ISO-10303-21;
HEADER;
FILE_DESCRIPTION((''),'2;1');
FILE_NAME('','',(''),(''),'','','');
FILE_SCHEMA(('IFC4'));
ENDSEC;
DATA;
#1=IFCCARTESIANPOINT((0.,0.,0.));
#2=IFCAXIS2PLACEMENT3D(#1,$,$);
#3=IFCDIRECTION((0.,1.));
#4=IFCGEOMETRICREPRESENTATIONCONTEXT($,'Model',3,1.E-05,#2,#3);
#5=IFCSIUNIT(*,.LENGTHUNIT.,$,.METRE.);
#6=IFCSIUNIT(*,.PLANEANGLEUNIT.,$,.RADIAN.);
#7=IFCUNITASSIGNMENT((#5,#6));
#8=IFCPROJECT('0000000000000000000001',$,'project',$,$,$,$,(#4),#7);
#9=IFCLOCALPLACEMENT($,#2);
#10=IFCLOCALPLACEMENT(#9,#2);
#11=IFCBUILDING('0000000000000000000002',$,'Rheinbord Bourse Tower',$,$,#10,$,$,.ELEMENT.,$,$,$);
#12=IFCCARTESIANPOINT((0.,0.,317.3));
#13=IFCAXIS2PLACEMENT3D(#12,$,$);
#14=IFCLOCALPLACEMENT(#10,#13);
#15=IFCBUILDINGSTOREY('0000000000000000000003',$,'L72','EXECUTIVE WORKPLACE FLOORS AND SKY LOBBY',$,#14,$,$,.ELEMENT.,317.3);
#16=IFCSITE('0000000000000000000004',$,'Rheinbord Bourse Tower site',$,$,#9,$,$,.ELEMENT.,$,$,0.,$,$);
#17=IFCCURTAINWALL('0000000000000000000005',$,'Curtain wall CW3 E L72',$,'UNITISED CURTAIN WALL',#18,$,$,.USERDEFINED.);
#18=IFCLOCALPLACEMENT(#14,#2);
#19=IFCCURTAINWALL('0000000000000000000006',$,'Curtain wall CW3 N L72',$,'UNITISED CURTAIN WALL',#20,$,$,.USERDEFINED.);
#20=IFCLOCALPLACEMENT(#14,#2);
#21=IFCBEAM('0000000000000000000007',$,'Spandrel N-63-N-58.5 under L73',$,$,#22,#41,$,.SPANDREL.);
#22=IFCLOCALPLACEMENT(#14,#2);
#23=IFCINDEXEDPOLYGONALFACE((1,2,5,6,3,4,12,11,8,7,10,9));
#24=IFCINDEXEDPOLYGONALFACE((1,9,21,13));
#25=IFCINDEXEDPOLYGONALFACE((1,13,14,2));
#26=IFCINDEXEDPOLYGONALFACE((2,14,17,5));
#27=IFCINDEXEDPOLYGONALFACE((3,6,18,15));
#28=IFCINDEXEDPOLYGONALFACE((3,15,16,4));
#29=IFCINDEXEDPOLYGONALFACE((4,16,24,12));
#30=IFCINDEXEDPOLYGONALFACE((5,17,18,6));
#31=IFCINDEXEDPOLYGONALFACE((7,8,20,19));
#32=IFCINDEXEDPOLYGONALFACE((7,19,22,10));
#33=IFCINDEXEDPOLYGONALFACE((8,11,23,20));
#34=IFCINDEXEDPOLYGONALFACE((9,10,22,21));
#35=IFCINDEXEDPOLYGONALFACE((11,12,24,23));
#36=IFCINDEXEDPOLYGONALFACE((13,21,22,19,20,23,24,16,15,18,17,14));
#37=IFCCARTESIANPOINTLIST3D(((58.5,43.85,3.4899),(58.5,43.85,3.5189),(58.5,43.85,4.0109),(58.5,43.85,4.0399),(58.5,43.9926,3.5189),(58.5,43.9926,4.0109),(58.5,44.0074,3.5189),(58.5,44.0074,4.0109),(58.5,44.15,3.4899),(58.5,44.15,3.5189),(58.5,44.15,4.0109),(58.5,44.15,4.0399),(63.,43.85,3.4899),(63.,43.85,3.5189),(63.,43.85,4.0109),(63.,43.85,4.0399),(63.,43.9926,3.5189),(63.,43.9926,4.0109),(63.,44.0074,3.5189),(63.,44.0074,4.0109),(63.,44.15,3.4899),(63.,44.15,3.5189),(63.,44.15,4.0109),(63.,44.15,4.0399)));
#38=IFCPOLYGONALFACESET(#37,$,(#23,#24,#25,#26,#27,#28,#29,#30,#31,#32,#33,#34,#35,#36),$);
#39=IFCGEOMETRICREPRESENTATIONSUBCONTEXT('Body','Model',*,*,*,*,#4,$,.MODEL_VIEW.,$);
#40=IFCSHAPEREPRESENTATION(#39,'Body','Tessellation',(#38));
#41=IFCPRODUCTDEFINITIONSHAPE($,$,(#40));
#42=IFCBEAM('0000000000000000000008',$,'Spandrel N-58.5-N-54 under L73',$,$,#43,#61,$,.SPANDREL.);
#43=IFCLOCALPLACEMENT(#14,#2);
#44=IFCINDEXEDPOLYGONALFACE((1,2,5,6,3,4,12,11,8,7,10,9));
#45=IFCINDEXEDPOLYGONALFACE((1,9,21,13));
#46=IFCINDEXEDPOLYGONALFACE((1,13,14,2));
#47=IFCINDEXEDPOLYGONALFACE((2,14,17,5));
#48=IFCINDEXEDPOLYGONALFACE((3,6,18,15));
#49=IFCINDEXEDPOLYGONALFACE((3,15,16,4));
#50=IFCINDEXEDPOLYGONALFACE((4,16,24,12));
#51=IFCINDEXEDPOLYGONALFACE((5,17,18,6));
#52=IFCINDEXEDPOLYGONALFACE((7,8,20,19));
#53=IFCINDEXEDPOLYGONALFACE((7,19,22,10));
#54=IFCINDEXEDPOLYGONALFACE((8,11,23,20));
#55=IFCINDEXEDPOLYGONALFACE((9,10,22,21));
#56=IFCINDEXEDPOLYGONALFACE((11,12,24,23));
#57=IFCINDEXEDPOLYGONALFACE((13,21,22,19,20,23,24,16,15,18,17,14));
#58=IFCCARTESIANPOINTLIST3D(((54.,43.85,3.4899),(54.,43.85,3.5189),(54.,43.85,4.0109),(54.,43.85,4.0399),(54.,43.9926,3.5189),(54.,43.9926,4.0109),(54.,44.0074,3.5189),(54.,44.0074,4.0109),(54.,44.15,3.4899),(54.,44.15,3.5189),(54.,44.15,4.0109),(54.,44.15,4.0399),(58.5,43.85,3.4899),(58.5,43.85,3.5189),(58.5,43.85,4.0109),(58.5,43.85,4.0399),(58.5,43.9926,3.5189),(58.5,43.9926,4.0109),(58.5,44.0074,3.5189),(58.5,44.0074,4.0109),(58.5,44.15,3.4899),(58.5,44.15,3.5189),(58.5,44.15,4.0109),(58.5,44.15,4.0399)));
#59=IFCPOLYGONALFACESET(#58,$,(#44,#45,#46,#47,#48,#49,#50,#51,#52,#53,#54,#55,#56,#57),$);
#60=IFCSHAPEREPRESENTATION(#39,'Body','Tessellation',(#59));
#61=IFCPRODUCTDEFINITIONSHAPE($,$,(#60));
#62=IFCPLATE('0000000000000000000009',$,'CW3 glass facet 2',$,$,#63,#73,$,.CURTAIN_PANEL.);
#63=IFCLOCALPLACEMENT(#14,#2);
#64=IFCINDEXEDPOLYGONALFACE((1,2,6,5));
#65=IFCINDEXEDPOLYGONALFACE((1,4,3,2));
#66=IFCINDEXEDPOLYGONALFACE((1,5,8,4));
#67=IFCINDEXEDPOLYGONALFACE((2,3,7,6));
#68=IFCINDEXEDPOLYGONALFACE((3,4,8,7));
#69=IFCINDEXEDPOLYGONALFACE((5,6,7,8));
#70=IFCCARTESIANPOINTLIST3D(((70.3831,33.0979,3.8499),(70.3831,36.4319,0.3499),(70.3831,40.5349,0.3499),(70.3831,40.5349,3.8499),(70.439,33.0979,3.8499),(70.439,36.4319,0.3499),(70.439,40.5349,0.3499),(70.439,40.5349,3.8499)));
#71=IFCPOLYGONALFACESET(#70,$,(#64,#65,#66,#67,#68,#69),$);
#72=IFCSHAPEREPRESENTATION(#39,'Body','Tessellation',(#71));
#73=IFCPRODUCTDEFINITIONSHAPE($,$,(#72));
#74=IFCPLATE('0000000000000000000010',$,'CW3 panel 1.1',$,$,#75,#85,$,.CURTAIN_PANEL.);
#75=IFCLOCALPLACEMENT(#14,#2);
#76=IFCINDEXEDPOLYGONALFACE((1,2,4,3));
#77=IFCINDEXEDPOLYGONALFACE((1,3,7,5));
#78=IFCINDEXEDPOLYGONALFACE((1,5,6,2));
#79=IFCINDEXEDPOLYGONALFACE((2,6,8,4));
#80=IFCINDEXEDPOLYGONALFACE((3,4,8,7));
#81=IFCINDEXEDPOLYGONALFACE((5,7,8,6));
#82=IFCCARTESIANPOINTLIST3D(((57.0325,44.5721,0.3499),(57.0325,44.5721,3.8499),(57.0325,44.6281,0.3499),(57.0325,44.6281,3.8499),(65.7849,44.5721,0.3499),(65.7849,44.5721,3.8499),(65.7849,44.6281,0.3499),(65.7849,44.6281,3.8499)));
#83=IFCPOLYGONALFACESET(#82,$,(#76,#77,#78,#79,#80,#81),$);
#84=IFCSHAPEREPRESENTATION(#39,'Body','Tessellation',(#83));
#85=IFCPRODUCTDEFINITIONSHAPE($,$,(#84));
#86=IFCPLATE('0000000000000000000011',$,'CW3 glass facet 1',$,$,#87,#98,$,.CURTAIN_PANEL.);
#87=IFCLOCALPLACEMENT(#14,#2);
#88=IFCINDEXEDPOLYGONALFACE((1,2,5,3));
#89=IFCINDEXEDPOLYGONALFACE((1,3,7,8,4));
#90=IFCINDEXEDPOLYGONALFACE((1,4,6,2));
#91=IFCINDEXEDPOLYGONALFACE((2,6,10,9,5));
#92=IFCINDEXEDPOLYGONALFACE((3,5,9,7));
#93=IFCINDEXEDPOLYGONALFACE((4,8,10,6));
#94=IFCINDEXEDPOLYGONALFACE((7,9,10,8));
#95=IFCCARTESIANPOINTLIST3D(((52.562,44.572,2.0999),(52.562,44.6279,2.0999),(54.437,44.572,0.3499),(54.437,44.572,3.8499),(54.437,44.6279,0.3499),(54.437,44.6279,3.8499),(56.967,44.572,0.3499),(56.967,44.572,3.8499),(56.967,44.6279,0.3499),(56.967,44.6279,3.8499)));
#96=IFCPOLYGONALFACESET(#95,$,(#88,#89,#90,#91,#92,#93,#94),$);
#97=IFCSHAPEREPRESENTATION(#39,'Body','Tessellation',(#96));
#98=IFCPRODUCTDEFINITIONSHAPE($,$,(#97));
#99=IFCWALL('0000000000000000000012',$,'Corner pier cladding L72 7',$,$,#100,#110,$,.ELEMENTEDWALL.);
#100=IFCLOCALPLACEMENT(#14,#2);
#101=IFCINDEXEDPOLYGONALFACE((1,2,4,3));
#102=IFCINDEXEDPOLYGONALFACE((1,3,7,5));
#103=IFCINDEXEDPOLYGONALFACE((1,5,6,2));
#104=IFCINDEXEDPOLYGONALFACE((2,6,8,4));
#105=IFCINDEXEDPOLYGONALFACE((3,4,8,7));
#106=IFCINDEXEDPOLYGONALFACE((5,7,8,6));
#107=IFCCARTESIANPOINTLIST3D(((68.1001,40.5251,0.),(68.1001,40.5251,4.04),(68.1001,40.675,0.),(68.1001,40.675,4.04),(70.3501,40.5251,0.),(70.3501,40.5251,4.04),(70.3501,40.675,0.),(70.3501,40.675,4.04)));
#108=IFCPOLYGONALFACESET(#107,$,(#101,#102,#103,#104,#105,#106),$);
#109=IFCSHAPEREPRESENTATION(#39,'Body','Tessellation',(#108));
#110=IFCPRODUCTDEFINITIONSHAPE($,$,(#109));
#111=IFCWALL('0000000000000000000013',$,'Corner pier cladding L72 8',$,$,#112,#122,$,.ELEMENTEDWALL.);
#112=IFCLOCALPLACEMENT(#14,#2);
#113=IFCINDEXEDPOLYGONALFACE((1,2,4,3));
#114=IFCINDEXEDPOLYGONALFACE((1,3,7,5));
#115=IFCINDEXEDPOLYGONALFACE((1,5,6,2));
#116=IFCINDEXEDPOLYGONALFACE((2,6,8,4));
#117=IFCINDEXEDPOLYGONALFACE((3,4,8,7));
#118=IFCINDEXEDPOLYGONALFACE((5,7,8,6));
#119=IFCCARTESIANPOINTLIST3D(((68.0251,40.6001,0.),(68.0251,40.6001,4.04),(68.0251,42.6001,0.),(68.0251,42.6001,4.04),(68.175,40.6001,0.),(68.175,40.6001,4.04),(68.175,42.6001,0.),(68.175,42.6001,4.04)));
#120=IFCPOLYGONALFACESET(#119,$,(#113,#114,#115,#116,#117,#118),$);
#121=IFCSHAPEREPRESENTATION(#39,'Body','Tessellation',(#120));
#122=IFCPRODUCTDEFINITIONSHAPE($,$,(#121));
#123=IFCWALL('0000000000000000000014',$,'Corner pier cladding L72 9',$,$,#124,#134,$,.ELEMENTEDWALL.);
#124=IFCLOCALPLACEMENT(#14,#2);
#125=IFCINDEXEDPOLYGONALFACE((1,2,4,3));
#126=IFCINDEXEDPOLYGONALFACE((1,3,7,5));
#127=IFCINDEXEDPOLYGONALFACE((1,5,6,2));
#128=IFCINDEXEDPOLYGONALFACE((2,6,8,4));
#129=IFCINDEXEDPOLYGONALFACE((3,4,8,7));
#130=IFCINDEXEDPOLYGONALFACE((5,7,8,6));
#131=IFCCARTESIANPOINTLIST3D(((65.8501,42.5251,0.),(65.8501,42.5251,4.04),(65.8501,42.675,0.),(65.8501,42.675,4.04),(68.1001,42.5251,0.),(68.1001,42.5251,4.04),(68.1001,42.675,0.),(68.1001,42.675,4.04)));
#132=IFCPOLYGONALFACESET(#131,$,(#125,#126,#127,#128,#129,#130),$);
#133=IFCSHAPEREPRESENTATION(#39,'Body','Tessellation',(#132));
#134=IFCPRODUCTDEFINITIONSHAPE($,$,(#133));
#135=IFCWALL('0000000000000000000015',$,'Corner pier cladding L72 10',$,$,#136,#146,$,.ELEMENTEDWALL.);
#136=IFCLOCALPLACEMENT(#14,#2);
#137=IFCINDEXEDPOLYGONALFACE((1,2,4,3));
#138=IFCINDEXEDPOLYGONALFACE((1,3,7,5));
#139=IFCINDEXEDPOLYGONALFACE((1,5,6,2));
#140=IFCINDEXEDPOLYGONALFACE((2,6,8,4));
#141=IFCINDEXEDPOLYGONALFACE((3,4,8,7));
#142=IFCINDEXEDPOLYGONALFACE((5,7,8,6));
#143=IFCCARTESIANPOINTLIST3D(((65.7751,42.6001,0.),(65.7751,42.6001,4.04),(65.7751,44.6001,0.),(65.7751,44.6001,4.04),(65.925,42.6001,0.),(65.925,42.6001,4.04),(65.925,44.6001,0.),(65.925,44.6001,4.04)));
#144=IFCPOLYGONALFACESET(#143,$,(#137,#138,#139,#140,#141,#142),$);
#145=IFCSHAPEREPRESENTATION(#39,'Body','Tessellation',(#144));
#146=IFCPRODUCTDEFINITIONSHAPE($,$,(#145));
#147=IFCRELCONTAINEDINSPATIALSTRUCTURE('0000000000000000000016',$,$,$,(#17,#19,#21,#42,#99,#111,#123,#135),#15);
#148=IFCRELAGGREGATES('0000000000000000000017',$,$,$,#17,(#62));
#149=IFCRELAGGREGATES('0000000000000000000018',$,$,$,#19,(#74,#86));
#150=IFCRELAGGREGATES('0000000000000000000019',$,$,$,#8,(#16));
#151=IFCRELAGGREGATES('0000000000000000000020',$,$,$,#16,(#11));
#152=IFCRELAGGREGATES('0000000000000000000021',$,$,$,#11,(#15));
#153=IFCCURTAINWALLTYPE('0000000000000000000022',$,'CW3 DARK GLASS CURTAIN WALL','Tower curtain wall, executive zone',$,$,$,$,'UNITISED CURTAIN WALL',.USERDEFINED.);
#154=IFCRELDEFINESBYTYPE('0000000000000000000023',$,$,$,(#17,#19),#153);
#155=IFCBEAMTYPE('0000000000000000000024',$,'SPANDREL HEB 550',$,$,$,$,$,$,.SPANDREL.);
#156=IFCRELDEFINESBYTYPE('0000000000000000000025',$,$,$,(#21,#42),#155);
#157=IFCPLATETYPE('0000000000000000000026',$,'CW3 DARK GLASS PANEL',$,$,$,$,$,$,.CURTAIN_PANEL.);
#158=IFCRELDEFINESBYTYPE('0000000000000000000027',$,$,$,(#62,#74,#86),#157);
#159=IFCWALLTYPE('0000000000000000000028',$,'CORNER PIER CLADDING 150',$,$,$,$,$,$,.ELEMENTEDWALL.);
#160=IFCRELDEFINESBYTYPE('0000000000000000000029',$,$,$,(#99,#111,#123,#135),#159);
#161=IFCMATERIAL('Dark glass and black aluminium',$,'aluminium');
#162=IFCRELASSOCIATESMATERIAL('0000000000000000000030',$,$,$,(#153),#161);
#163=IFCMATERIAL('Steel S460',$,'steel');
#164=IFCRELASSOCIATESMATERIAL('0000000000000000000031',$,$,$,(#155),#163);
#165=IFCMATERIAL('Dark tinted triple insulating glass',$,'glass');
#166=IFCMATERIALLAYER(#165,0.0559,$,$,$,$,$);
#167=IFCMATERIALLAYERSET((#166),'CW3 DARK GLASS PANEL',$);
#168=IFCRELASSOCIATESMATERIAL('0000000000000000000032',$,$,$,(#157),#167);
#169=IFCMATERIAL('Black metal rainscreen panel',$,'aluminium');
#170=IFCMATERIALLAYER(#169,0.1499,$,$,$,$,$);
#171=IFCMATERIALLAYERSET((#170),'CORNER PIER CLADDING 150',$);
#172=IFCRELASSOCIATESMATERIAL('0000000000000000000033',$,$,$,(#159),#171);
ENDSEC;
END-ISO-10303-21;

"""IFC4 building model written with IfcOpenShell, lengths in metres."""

from ifc_helpers import new_model, si_unit, direction, frame, frame_2d, origin, origin_2d, place, context, subcontext, project, spatial, polyline, rectangle, i_section, outline, extrude, material, layer, layer_set, material_profile, profile_set, type_object, element, aggregate, save


model = new_model("IFC4")

# Units and contexts
model_context = context("Model", 3, precision=1e-05, world=origin(), true_north=direction((0.0, 1.0)))
body_context = subcontext(model_context, "Body", "Model", "MODEL_VIEW")
ifc_project = project(units=[si_unit("LENGTHUNIT", "METRE"), si_unit("PLANEANGLEUNIT", "RADIAN")], contexts=[model_context])

# Site, building, storey
site_placement = place(None, origin())
site = spatial("IfcSite", under=ifc_project, at=site_placement, Name="Rheinbord Bourse Tower site", CompositionType="ELEMENT", RefElevation=0.0)
building_placement = place(site_placement, origin())
building = spatial("IfcBuilding", under=site, at=building_placement, Name="Rheinbord Bourse Tower", CompositionType="ELEMENT")
storey_placement = place(building_placement, frame((0.0, 0.0, 317.3)))
storey = spatial("IfcBuildingStorey", under=building, at=storey_placement, Name="L72", Description="EXECUTIVE WORKPLACE FLOORS AND SKY LOBBY", CompositionType="ELEMENT", Elevation=317.3)

# Curtain wall
ifc_material_1 = material(Name="Dark glass and black aluminium", Category="aluminium")
curtain_wall_type = type_object("IfcCurtainWallType", Name="CW3 DARK GLASS CURTAIN WALL", Description="Tower curtain wall, executive zone", ElementType="UNITISED CURTAIN WALL", PredefinedType="USERDEFINED", material=ifc_material_1)
curtain_wall_1_placement = place(storey_placement, origin())
curtain_wall_1 = element("IfcCurtainWall", 1, at=curtain_wall_1_placement, inside=storey, type_object=curtain_wall_type, Name="Curtain wall CW3 E L72", ObjectType="UNITISED CURTAIN WALL", PredefinedType="USERDEFINED")

# Curtain wall
curtain_wall_2_placement = place(storey_placement, origin())
curtain_wall_2 = element("IfcCurtainWall", 2, at=curtain_wall_2_placement, inside=storey, type_object=curtain_wall_type, Name="Curtain wall CW3 N L72", ObjectType="UNITISED CURTAIN WALL", PredefinedType="USERDEFINED")

# Beams
ifc_material_2 = material(Name="Steel S460", Category="steel")
ifc_material_profile_1 = material_profile(ifc_material_2, i_section(OverallWidth=0.3, OverallDepth=0.55, WebThickness=0.0149, FlangeThickness=0.0291, at=origin_2d()), Name="HEB 550")
ifc_profile_set_1 = profile_set([ifc_material_profile_1], Name="Steel S460")
beam_type_1 = type_object("IfcBeamType", Name="SPANDREL HEB 550", PredefinedType="SPANDREL", material=ifc_profile_set_1)
for number, where, z_axis, x_axis, name in (
    (3, (63.0, 44.0, 3.7649), (-1.0, 0.0, 0.0), (0.0, -1.0, 0.0), "Spandrel N-63-N-58.5 under L73"),
    (4, (58.5, 44.0, 3.7649), (-1.0, 0.0, 0.0), (0.0, -1.0, 0.0), "Spandrel N-58.5-N-54 under L73"),
):
    element("IfcBeam", number, at=place(storey_placement, frame(where, z_axis=z_axis, x_axis=x_axis)), inside=storey, type_object=beam_type_1, Name=name, PredefinedType="SPANDREL", context=body_context, shape_type="SweptSolid", body=[
        extrude(i_section(OverallWidth=0.3, OverallDepth=0.55, WebThickness=0.0149, FlangeThickness=0.0291, at=origin_2d()), origin(), (0.0, 0.0, 1.0), 4.5),
    ])

# Plates
ifc_material_3 = material(Name="Dark tinted triple insulating glass", Category="glass")
ifc_layer_1 = layer(ifc_material_3, 0.0559)
ifc_layer_set_1 = layer_set([ifc_layer_1], Name="CW3 DARK GLASS PANEL")
plate_type = type_object("IfcPlateType", Name="CW3 DARK GLASS PANEL", PredefinedType="CURTAIN_PANEL", material=ifc_layer_set_1)
plate_1_placement = place(storey_placement, frame((70.439, 40.5349, 3.8499), z_axis=(-1.0, 0.0, 0.0), x_axis=(0.0, 0.0, -1.0)))
plate_1 = element("IfcPlate", 5, at=plate_1_placement, type_object=plate_type, Name="CW3 glass facet 2", PredefinedType="CURTAIN_PANEL", context=body_context, shape_type="SweptSolid", body=[
    extrude(outline(polyline([(0.0, 0.0), (3.5, 0.0), (3.5, 4.103), (0.0, 7.437), (0.0, 0.0)])), origin(), (0.0, 0.0, 1.0), 0.0559),
])
aggregate(curtain_wall_1, [plate_1])
plate_2_placement = place(storey_placement, frame((61.4087, 44.6001, 0.3499), z_axis=(0.0, 0.0, 1.0), x_axis=(-1.0, 0.0, 0.0)))
plate_2 = element("IfcPlate", 6, at=plate_2_placement, type_object=plate_type, Name="CW3 panel 1.1", PredefinedType="CURTAIN_PANEL", context=body_context, shape_type="SweptSolid", body=[
    extrude(rectangle(XDim=8.7524, YDim=0.0559, at=origin_2d()), origin(), (0.0, 0.0, 1.0), 3.5),
])
plate_3_placement = place(storey_placement, frame((56.967, 44.6279, 0.3499), z_axis=(0.0, -1.0, 0.0), x_axis=(0.0, 0.0, 1.0)))
plate_3 = element("IfcPlate", 7, at=plate_3_placement, type_object=plate_type, Name="CW3 glass facet 1", PredefinedType="CURTAIN_PANEL", context=body_context, shape_type="SweptSolid", body=[
    extrude(outline(polyline([(0.0, 0.0), (3.5, 0.0), (3.5, 2.53), (1.75, 4.405), (0.0, 2.53), (0.0, 0.0)])), origin(), (0.0, 0.0, 1.0), 0.0559),
])
aggregate(curtain_wall_2, [plate_2, plate_3])

# Walls
ifc_material_4 = material(Name="Black metal rainscreen panel", Category="aluminium")
ifc_layer_2 = layer(ifc_material_4, 0.1499)
ifc_layer_set_2 = layer_set([ifc_layer_2], Name="CORNER PIER CLADDING 150")
wall_type = type_object("IfcWallType", Name="CORNER PIER CLADDING 150", PredefinedType="ELEMENTEDWALL", material=ifc_layer_set_2)
wall_1_placement = place(storey_placement, frame((70.3501, 40.6001, 0.0), z_axis=(0.0, 0.0, 1.0), x_axis=(-1.0, 0.0, 0.0)))
element("IfcWall", 8, at=wall_1_placement, inside=storey, type_object=wall_type, Name="Corner pier cladding L72 7", PredefinedType="ELEMENTEDWALL", context=body_context, shape_type="SweptSolid", body=[
    extrude(rectangle(XDim=2.25, YDim=0.1499, at=frame_2d((1.125, 0.0))), origin(), (0.0, 0.0, 1.0), 4.04),
])
wall_2_placement = place(storey_placement, frame((68.1001, 40.6001, 0.0), z_axis=(0.0, 0.0, 1.0), x_axis=(0.0, 1.0, 0.0)))
element("IfcWall", 9, at=wall_2_placement, inside=storey, type_object=wall_type, Name="Corner pier cladding L72 8", PredefinedType="ELEMENTEDWALL", context=body_context, shape_type="SweptSolid", body=[
    extrude(rectangle(XDim=2.0, YDim=0.1499, at=frame_2d((1.0, 0.0))), origin(), (0.0, 0.0, 1.0), 4.04),
])
wall_3_placement = place(storey_placement, frame((68.1001, 42.6001, 0.0), z_axis=(0.0, 0.0, 1.0), x_axis=(-1.0, 0.0, 0.0)))
element("IfcWall", 10, at=wall_3_placement, inside=storey, type_object=wall_type, Name="Corner pier cladding L72 9", PredefinedType="ELEMENTEDWALL", context=body_context, shape_type="SweptSolid", body=[
    extrude(rectangle(XDim=2.25, YDim=0.1499, at=frame_2d((1.125, 0.0))), origin(), (0.0, 0.0, 1.0), 4.04),
])
wall_4_placement = place(storey_placement, frame((65.8501, 42.6001, 0.0), z_axis=(0.0, 0.0, 1.0), x_axis=(0.0, 1.0, 0.0)))
element("IfcWall", 11, at=wall_4_placement, inside=storey, type_object=wall_type, Name="Corner pier cladding L72 10", PredefinedType="ELEMENTEDWALL", context=body_context, shape_type="SweptSolid", body=[
    extrude(rectangle(XDim=2.0, YDim=0.1499, at=frame_2d((1.0, 0.0))), origin(), (0.0, 0.0, 1.0), 4.04),
])

save(model, "model.ifc")
